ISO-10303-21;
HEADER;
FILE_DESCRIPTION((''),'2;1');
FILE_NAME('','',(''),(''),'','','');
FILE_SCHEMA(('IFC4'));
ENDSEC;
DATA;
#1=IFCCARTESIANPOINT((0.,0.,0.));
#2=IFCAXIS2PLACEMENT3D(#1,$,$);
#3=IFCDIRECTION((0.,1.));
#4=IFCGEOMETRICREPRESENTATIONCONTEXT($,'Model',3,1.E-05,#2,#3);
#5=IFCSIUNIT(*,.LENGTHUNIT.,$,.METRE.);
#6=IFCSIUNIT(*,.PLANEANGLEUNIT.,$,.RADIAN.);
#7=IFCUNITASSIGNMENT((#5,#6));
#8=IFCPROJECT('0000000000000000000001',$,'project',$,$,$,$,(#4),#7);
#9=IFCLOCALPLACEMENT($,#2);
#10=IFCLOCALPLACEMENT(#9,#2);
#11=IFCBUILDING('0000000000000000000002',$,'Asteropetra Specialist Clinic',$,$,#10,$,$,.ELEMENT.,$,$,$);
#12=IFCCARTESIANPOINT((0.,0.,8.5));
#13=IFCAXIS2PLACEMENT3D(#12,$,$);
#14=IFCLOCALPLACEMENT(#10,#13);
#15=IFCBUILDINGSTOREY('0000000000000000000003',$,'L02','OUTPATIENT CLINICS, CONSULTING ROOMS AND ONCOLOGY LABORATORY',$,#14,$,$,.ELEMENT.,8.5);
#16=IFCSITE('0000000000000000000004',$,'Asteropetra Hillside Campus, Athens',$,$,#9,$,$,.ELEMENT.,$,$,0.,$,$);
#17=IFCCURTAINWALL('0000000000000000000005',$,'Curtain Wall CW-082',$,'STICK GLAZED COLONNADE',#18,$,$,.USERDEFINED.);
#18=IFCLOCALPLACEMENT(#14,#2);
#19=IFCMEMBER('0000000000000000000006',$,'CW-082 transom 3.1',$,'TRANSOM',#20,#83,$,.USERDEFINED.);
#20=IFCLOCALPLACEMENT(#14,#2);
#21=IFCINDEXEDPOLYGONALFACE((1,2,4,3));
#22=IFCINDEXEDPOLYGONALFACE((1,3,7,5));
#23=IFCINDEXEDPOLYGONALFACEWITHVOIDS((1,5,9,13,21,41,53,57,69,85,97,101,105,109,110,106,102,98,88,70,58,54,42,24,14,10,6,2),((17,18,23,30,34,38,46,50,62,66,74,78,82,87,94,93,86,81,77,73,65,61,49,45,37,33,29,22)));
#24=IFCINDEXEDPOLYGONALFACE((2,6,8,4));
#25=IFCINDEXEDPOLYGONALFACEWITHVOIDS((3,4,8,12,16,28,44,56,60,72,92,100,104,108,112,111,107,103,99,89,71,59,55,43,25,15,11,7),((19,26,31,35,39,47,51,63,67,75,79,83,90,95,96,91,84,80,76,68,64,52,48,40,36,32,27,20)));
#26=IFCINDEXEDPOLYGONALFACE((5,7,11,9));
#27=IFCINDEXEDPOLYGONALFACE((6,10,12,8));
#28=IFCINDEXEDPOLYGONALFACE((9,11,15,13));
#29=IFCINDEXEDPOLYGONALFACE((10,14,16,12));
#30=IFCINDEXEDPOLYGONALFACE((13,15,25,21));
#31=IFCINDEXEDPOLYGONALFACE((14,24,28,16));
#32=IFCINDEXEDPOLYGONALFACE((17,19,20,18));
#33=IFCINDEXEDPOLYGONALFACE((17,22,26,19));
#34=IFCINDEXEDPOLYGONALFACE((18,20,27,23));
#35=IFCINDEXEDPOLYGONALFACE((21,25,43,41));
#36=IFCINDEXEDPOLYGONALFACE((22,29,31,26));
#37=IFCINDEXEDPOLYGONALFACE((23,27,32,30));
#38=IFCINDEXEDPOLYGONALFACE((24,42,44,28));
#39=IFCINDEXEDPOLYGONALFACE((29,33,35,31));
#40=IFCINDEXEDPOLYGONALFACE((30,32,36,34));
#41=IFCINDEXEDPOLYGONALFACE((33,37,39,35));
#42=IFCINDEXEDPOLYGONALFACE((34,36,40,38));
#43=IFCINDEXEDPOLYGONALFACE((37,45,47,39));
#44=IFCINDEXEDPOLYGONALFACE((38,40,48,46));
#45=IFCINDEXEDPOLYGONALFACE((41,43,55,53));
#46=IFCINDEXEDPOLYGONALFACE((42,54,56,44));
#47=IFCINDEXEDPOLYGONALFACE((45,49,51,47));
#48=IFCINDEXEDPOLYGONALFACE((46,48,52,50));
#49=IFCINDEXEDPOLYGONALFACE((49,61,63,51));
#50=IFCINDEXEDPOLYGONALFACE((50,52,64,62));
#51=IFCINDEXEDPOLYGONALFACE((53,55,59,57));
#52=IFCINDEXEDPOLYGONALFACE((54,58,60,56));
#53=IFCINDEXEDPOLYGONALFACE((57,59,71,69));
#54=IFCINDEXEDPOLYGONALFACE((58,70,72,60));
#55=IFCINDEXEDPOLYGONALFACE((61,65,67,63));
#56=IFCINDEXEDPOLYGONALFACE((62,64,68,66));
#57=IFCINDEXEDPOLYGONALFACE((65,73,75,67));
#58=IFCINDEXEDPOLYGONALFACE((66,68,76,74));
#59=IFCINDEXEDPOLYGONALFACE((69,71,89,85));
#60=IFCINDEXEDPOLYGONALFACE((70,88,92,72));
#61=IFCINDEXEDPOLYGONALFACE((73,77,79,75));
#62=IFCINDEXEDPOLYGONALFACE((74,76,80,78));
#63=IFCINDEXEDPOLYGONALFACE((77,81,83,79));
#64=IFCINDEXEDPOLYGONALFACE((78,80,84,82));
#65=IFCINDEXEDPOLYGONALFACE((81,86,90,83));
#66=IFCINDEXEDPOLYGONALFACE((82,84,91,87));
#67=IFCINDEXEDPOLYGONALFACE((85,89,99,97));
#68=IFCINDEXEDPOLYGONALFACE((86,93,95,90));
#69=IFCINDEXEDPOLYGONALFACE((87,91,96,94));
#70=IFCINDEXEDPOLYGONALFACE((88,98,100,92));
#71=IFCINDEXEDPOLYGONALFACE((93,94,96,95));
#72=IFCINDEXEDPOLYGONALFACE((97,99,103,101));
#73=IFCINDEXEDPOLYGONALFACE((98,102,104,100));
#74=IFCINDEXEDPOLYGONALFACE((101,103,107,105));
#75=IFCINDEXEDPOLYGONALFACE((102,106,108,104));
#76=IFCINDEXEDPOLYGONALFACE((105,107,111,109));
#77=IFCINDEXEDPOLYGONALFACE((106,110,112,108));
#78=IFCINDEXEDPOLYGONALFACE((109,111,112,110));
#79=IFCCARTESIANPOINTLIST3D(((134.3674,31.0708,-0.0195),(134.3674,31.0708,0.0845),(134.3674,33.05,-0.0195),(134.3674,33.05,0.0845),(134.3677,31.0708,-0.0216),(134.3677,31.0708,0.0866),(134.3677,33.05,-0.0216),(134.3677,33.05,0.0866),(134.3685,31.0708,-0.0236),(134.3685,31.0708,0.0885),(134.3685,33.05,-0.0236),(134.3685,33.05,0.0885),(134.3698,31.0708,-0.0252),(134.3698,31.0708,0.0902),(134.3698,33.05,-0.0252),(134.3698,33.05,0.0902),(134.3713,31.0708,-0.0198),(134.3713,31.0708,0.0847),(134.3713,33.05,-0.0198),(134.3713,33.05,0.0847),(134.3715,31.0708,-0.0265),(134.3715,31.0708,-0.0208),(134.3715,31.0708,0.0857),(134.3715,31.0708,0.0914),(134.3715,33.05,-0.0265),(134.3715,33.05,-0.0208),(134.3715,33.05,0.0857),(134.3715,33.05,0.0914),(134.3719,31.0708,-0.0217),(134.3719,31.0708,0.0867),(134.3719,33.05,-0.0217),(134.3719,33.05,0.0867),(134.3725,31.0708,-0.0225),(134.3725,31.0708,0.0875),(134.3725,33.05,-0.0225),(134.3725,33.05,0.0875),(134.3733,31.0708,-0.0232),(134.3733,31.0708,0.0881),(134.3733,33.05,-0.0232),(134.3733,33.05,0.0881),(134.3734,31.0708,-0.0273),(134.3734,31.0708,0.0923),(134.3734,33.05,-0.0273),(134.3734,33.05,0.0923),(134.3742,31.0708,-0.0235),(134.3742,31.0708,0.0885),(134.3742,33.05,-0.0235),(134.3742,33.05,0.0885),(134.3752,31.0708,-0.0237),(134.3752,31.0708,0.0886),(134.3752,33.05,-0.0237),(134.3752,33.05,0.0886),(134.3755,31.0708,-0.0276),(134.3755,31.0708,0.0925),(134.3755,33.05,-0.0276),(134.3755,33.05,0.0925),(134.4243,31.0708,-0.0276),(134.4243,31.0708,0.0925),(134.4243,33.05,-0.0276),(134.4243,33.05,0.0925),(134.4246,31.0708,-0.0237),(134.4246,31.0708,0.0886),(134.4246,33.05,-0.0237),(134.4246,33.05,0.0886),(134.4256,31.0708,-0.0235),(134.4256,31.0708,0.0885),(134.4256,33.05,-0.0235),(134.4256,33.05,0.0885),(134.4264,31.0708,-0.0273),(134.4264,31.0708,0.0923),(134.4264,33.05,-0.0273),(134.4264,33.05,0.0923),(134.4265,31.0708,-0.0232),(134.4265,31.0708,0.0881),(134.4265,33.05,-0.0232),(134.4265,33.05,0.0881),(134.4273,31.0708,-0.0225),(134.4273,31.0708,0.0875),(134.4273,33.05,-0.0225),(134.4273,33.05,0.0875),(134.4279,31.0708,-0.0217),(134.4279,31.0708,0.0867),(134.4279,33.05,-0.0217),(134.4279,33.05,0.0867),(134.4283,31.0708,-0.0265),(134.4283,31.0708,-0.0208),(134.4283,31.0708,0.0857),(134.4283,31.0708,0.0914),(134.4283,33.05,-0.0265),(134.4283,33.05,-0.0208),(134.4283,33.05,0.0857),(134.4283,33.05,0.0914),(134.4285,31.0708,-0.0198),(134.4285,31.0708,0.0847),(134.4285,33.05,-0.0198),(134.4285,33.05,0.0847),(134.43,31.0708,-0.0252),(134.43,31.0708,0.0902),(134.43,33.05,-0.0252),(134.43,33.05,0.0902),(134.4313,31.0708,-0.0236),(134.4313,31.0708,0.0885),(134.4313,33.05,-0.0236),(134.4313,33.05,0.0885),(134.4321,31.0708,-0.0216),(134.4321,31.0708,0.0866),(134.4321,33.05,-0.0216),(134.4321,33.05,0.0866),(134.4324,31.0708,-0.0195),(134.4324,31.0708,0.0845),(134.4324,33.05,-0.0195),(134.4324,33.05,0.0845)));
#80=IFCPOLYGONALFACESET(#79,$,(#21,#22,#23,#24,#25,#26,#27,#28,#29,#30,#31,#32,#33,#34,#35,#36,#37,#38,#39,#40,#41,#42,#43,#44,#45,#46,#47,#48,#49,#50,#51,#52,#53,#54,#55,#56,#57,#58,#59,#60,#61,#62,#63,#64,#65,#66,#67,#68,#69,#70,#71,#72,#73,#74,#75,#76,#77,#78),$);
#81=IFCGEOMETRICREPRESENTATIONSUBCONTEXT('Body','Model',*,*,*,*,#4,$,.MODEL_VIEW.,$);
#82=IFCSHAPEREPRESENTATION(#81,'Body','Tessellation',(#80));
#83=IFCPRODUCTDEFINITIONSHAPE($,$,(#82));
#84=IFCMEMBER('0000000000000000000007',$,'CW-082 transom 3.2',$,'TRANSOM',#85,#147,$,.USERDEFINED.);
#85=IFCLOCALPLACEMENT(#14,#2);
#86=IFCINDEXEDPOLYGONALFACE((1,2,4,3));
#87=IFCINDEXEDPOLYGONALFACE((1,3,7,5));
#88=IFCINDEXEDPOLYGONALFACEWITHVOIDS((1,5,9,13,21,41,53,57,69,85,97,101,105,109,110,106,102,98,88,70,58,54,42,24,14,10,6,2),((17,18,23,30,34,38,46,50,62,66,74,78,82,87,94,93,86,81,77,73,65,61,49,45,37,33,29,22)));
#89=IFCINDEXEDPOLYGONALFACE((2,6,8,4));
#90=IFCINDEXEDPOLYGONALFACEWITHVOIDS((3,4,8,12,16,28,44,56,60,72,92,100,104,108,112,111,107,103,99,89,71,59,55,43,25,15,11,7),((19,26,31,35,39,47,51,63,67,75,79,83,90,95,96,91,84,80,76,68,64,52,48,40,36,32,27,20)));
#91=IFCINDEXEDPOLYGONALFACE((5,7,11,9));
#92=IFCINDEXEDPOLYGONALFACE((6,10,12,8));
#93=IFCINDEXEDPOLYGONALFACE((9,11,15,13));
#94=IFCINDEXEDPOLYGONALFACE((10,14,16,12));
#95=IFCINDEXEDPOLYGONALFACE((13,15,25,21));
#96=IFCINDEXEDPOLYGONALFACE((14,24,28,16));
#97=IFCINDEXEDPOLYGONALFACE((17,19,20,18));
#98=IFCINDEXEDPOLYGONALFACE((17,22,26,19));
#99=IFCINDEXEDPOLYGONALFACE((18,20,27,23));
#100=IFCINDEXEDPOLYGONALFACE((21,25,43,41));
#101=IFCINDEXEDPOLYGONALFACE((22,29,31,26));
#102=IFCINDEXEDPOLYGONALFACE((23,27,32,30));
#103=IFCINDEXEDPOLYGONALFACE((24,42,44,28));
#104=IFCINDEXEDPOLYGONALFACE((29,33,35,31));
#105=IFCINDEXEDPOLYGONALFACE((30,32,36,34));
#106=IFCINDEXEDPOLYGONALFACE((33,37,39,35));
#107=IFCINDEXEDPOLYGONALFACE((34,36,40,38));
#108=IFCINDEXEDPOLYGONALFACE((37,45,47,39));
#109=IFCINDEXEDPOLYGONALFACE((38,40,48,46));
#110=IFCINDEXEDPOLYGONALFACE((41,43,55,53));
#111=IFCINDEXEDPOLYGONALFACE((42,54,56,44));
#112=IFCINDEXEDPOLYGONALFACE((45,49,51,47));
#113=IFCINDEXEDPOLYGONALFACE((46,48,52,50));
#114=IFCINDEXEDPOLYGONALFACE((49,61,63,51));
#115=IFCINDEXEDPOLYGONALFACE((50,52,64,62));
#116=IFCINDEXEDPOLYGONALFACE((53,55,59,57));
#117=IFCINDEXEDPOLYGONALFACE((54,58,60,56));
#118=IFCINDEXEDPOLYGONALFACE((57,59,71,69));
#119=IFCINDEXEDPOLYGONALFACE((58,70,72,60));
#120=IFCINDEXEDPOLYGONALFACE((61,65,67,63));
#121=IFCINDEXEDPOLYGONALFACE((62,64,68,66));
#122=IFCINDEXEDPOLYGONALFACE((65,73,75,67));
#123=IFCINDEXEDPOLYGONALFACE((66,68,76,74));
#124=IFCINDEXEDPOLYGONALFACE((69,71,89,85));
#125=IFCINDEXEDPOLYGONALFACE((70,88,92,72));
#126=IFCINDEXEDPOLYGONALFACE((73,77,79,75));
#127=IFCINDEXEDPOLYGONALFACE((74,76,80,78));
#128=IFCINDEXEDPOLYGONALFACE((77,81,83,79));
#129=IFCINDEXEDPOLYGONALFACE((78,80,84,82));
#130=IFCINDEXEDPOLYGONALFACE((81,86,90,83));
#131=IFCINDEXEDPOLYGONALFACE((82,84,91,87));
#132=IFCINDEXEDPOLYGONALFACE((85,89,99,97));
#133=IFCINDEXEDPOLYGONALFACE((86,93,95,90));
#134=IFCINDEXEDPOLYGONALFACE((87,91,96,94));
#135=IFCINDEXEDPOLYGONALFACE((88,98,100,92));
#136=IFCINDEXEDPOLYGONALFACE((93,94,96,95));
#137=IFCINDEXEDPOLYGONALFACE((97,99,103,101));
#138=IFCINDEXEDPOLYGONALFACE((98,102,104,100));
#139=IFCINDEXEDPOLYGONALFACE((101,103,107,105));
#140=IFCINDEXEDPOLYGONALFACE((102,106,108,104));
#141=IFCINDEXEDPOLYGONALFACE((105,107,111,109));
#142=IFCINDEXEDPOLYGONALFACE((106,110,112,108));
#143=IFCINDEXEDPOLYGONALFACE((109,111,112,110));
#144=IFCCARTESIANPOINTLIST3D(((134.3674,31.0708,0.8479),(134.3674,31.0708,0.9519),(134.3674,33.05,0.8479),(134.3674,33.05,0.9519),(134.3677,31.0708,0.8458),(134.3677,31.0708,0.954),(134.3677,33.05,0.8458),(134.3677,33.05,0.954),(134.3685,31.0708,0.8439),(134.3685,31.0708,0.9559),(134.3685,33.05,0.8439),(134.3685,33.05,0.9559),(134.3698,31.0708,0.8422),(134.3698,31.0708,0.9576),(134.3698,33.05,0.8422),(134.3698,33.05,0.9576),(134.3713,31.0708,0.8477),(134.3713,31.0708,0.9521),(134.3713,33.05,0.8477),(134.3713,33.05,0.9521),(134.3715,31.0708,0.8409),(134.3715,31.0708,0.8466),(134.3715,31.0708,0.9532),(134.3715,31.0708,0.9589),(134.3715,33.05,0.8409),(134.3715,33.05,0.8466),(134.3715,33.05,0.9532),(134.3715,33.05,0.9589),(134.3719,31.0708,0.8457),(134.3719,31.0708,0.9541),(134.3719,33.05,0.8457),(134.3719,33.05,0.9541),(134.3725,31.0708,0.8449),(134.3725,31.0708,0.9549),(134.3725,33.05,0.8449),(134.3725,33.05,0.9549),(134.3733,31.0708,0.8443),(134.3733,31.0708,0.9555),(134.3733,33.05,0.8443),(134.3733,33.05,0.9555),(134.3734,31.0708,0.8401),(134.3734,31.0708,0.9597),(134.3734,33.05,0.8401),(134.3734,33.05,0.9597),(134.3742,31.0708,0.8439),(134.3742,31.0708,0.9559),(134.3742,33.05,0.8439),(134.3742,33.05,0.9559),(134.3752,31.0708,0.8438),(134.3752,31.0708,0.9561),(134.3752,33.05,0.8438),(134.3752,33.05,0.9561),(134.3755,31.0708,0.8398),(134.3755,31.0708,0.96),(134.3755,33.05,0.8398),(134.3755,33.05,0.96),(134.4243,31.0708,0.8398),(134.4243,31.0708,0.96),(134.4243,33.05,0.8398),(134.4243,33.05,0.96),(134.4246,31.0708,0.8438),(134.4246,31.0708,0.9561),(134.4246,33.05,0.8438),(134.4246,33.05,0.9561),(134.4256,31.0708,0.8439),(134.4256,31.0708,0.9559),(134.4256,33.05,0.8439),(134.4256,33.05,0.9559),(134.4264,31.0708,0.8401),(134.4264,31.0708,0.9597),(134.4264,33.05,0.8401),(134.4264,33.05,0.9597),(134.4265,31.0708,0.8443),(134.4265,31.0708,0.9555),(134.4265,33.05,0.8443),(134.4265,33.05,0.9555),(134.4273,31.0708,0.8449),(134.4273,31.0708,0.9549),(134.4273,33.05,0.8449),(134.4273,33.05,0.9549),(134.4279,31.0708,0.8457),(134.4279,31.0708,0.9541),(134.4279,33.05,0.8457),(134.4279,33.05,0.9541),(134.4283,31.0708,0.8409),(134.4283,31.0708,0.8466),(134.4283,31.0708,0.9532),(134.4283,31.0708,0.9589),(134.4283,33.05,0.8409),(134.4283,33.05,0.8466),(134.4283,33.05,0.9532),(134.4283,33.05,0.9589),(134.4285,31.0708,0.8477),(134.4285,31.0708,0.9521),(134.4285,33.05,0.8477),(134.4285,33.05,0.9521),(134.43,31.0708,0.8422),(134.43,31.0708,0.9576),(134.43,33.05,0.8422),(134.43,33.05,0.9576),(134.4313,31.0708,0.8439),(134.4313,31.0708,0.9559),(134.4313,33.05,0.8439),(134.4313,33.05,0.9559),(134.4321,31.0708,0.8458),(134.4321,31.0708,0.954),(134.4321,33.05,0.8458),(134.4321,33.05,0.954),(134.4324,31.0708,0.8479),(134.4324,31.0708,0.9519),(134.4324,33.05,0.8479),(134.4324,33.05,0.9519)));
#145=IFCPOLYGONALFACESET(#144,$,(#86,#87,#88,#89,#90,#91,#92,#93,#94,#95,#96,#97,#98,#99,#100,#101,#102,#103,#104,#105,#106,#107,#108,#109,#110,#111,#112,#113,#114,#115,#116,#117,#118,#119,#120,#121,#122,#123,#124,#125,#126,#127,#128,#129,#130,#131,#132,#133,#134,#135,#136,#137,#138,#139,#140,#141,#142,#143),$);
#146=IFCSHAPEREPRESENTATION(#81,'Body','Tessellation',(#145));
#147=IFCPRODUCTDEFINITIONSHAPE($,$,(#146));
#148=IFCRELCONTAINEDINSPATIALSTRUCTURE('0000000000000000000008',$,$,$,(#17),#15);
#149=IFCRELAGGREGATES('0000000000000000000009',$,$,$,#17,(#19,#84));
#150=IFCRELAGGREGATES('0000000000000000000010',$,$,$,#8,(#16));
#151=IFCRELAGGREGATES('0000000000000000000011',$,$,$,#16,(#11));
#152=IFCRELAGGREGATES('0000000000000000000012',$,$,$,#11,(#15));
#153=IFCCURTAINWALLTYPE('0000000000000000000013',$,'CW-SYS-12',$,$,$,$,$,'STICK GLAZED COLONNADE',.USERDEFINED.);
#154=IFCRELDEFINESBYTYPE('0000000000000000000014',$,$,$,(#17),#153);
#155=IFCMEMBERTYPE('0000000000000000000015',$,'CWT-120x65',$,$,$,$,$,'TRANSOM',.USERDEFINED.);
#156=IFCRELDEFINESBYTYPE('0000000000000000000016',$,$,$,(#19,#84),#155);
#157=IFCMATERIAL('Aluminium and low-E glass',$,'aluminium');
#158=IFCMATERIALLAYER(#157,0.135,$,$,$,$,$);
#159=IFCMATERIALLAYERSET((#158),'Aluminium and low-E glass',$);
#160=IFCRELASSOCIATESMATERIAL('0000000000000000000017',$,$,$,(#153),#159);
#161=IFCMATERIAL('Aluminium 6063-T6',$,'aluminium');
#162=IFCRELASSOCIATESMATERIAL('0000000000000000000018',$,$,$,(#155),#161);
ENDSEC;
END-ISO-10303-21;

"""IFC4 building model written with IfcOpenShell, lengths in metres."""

from ifc_helpers import new_model, si_unit, direction, frame, origin, origin_2d, place, context, subcontext, project, spatial, hollow_rectangle, extrude, material, layer, layer_set, material_profile, profile_set, type_object, element, aggregate, save


model = new_model("IFC4")

# Units and contexts
model_context = context("Model", 3, precision=1e-05, world=origin(), true_north=direction((0.0, 1.0)))
body_context = subcontext(model_context, "Body", "Model", "MODEL_VIEW")
ifc_project = project(units=[si_unit("LENGTHUNIT", "METRE"), si_unit("PLANEANGLEUNIT", "RADIAN")], contexts=[model_context])

# Site, building, storey
site_placement = place(None, origin())
site = spatial("IfcSite", under=ifc_project, at=site_placement, Name="Asteropetra Hillside Campus, Athens", CompositionType="ELEMENT", RefElevation=0.0)
building_placement = place(site_placement, origin())
building = spatial("IfcBuilding", under=site, at=building_placement, Name="Asteropetra Specialist Clinic", CompositionType="ELEMENT")
storey_placement = place(building_placement, frame((0.0, 0.0, 8.5)))
storey = spatial("IfcBuildingStorey", under=building, at=storey_placement, Name="L02", Description="OUTPATIENT CLINICS, CONSULTING ROOMS AND ONCOLOGY LABORATORY", CompositionType="ELEMENT", Elevation=8.5)

# Curtain wall, members
ifc_material_1 = material(Name="Aluminium and low-E glass", Category="aluminium")
ifc_layer_1 = layer(ifc_material_1, 0.135)
ifc_layer_set_1 = layer_set([ifc_layer_1], Name="Aluminium and low-E glass")
curtain_wall_type_1 = type_object("IfcCurtainWallType", Name="CW-SYS-12", ElementType="STICK GLAZED COLONNADE", PredefinedType="USERDEFINED", material=ifc_layer_set_1)
curtain_wall_1_placement = place(storey_placement, origin())
curtain_wall_1 = element("IfcCurtainWall", 1, at=curtain_wall_1_placement, inside=storey, type_object=curtain_wall_type_1, Name="Curtain Wall CW-082", ObjectType="STICK GLAZED COLONNADE", PredefinedType="USERDEFINED")
ifc_material_2 = material(Name="Aluminium 6063-T6", Category="aluminium")
ifc_material_profile_1 = material_profile(ifc_material_2, hollow_rectangle(XDim=0.0649, YDim=0.1201, WallThickness=0.0039, InnerFilletRadius=0.0039, OuterFilletRadius=0.0081, at=origin_2d()), Name="TRN 120x65x4.0")
ifc_profile_set_1 = profile_set([ifc_material_profile_1], Name="Aluminium 6063-T6")
member_type_1 = type_object("IfcMemberType", Name="CWT-120x65", ElementType="TRANSOM", PredefinedType="USERDEFINED", material=ifc_profile_set_1)
member_1_placement = place(storey_placement, frame((134.3999, 31.0708, 0.0325), z_axis=(0.0, 1.0, 0.0), x_axis=(-1.0, 0.0, 0.0)))
member_1 = element("IfcMember", 2, at=member_1_placement, type_object=member_type_1, Name="CW-082 transom 3.1", ObjectType="TRANSOM", PredefinedType="USERDEFINED", context=body_context, shape_type="SweptSolid", body=[
    extrude(hollow_rectangle(XDim=0.0649, YDim=0.1201, WallThickness=0.0039, InnerFilletRadius=0.0039, OuterFilletRadius=0.0081, at=origin_2d()), origin(), (0.0, 0.0, 1.0), 1.9792),
])
member_2_placement = place(storey_placement, frame((134.3999, 31.0708, 0.8999), z_axis=(0.0, 1.0, 0.0), x_axis=(-1.0, 0.0, 0.0)))
member_2 = element("IfcMember", 3, at=member_2_placement, type_object=member_type_1, Name="CW-082 transom 3.2", ObjectType="TRANSOM", PredefinedType="USERDEFINED", context=body_context, shape_type="SweptSolid", body=[
    extrude(hollow_rectangle(XDim=0.0649, YDim=0.1201, WallThickness=0.0039, InnerFilletRadius=0.0039, OuterFilletRadius=0.0081, at=origin_2d()), origin(), (0.0, 0.0, 1.0), 1.9792),
])

aggregate(curtain_wall_1, [member_1, member_2])

save(model, "model.ifc")
